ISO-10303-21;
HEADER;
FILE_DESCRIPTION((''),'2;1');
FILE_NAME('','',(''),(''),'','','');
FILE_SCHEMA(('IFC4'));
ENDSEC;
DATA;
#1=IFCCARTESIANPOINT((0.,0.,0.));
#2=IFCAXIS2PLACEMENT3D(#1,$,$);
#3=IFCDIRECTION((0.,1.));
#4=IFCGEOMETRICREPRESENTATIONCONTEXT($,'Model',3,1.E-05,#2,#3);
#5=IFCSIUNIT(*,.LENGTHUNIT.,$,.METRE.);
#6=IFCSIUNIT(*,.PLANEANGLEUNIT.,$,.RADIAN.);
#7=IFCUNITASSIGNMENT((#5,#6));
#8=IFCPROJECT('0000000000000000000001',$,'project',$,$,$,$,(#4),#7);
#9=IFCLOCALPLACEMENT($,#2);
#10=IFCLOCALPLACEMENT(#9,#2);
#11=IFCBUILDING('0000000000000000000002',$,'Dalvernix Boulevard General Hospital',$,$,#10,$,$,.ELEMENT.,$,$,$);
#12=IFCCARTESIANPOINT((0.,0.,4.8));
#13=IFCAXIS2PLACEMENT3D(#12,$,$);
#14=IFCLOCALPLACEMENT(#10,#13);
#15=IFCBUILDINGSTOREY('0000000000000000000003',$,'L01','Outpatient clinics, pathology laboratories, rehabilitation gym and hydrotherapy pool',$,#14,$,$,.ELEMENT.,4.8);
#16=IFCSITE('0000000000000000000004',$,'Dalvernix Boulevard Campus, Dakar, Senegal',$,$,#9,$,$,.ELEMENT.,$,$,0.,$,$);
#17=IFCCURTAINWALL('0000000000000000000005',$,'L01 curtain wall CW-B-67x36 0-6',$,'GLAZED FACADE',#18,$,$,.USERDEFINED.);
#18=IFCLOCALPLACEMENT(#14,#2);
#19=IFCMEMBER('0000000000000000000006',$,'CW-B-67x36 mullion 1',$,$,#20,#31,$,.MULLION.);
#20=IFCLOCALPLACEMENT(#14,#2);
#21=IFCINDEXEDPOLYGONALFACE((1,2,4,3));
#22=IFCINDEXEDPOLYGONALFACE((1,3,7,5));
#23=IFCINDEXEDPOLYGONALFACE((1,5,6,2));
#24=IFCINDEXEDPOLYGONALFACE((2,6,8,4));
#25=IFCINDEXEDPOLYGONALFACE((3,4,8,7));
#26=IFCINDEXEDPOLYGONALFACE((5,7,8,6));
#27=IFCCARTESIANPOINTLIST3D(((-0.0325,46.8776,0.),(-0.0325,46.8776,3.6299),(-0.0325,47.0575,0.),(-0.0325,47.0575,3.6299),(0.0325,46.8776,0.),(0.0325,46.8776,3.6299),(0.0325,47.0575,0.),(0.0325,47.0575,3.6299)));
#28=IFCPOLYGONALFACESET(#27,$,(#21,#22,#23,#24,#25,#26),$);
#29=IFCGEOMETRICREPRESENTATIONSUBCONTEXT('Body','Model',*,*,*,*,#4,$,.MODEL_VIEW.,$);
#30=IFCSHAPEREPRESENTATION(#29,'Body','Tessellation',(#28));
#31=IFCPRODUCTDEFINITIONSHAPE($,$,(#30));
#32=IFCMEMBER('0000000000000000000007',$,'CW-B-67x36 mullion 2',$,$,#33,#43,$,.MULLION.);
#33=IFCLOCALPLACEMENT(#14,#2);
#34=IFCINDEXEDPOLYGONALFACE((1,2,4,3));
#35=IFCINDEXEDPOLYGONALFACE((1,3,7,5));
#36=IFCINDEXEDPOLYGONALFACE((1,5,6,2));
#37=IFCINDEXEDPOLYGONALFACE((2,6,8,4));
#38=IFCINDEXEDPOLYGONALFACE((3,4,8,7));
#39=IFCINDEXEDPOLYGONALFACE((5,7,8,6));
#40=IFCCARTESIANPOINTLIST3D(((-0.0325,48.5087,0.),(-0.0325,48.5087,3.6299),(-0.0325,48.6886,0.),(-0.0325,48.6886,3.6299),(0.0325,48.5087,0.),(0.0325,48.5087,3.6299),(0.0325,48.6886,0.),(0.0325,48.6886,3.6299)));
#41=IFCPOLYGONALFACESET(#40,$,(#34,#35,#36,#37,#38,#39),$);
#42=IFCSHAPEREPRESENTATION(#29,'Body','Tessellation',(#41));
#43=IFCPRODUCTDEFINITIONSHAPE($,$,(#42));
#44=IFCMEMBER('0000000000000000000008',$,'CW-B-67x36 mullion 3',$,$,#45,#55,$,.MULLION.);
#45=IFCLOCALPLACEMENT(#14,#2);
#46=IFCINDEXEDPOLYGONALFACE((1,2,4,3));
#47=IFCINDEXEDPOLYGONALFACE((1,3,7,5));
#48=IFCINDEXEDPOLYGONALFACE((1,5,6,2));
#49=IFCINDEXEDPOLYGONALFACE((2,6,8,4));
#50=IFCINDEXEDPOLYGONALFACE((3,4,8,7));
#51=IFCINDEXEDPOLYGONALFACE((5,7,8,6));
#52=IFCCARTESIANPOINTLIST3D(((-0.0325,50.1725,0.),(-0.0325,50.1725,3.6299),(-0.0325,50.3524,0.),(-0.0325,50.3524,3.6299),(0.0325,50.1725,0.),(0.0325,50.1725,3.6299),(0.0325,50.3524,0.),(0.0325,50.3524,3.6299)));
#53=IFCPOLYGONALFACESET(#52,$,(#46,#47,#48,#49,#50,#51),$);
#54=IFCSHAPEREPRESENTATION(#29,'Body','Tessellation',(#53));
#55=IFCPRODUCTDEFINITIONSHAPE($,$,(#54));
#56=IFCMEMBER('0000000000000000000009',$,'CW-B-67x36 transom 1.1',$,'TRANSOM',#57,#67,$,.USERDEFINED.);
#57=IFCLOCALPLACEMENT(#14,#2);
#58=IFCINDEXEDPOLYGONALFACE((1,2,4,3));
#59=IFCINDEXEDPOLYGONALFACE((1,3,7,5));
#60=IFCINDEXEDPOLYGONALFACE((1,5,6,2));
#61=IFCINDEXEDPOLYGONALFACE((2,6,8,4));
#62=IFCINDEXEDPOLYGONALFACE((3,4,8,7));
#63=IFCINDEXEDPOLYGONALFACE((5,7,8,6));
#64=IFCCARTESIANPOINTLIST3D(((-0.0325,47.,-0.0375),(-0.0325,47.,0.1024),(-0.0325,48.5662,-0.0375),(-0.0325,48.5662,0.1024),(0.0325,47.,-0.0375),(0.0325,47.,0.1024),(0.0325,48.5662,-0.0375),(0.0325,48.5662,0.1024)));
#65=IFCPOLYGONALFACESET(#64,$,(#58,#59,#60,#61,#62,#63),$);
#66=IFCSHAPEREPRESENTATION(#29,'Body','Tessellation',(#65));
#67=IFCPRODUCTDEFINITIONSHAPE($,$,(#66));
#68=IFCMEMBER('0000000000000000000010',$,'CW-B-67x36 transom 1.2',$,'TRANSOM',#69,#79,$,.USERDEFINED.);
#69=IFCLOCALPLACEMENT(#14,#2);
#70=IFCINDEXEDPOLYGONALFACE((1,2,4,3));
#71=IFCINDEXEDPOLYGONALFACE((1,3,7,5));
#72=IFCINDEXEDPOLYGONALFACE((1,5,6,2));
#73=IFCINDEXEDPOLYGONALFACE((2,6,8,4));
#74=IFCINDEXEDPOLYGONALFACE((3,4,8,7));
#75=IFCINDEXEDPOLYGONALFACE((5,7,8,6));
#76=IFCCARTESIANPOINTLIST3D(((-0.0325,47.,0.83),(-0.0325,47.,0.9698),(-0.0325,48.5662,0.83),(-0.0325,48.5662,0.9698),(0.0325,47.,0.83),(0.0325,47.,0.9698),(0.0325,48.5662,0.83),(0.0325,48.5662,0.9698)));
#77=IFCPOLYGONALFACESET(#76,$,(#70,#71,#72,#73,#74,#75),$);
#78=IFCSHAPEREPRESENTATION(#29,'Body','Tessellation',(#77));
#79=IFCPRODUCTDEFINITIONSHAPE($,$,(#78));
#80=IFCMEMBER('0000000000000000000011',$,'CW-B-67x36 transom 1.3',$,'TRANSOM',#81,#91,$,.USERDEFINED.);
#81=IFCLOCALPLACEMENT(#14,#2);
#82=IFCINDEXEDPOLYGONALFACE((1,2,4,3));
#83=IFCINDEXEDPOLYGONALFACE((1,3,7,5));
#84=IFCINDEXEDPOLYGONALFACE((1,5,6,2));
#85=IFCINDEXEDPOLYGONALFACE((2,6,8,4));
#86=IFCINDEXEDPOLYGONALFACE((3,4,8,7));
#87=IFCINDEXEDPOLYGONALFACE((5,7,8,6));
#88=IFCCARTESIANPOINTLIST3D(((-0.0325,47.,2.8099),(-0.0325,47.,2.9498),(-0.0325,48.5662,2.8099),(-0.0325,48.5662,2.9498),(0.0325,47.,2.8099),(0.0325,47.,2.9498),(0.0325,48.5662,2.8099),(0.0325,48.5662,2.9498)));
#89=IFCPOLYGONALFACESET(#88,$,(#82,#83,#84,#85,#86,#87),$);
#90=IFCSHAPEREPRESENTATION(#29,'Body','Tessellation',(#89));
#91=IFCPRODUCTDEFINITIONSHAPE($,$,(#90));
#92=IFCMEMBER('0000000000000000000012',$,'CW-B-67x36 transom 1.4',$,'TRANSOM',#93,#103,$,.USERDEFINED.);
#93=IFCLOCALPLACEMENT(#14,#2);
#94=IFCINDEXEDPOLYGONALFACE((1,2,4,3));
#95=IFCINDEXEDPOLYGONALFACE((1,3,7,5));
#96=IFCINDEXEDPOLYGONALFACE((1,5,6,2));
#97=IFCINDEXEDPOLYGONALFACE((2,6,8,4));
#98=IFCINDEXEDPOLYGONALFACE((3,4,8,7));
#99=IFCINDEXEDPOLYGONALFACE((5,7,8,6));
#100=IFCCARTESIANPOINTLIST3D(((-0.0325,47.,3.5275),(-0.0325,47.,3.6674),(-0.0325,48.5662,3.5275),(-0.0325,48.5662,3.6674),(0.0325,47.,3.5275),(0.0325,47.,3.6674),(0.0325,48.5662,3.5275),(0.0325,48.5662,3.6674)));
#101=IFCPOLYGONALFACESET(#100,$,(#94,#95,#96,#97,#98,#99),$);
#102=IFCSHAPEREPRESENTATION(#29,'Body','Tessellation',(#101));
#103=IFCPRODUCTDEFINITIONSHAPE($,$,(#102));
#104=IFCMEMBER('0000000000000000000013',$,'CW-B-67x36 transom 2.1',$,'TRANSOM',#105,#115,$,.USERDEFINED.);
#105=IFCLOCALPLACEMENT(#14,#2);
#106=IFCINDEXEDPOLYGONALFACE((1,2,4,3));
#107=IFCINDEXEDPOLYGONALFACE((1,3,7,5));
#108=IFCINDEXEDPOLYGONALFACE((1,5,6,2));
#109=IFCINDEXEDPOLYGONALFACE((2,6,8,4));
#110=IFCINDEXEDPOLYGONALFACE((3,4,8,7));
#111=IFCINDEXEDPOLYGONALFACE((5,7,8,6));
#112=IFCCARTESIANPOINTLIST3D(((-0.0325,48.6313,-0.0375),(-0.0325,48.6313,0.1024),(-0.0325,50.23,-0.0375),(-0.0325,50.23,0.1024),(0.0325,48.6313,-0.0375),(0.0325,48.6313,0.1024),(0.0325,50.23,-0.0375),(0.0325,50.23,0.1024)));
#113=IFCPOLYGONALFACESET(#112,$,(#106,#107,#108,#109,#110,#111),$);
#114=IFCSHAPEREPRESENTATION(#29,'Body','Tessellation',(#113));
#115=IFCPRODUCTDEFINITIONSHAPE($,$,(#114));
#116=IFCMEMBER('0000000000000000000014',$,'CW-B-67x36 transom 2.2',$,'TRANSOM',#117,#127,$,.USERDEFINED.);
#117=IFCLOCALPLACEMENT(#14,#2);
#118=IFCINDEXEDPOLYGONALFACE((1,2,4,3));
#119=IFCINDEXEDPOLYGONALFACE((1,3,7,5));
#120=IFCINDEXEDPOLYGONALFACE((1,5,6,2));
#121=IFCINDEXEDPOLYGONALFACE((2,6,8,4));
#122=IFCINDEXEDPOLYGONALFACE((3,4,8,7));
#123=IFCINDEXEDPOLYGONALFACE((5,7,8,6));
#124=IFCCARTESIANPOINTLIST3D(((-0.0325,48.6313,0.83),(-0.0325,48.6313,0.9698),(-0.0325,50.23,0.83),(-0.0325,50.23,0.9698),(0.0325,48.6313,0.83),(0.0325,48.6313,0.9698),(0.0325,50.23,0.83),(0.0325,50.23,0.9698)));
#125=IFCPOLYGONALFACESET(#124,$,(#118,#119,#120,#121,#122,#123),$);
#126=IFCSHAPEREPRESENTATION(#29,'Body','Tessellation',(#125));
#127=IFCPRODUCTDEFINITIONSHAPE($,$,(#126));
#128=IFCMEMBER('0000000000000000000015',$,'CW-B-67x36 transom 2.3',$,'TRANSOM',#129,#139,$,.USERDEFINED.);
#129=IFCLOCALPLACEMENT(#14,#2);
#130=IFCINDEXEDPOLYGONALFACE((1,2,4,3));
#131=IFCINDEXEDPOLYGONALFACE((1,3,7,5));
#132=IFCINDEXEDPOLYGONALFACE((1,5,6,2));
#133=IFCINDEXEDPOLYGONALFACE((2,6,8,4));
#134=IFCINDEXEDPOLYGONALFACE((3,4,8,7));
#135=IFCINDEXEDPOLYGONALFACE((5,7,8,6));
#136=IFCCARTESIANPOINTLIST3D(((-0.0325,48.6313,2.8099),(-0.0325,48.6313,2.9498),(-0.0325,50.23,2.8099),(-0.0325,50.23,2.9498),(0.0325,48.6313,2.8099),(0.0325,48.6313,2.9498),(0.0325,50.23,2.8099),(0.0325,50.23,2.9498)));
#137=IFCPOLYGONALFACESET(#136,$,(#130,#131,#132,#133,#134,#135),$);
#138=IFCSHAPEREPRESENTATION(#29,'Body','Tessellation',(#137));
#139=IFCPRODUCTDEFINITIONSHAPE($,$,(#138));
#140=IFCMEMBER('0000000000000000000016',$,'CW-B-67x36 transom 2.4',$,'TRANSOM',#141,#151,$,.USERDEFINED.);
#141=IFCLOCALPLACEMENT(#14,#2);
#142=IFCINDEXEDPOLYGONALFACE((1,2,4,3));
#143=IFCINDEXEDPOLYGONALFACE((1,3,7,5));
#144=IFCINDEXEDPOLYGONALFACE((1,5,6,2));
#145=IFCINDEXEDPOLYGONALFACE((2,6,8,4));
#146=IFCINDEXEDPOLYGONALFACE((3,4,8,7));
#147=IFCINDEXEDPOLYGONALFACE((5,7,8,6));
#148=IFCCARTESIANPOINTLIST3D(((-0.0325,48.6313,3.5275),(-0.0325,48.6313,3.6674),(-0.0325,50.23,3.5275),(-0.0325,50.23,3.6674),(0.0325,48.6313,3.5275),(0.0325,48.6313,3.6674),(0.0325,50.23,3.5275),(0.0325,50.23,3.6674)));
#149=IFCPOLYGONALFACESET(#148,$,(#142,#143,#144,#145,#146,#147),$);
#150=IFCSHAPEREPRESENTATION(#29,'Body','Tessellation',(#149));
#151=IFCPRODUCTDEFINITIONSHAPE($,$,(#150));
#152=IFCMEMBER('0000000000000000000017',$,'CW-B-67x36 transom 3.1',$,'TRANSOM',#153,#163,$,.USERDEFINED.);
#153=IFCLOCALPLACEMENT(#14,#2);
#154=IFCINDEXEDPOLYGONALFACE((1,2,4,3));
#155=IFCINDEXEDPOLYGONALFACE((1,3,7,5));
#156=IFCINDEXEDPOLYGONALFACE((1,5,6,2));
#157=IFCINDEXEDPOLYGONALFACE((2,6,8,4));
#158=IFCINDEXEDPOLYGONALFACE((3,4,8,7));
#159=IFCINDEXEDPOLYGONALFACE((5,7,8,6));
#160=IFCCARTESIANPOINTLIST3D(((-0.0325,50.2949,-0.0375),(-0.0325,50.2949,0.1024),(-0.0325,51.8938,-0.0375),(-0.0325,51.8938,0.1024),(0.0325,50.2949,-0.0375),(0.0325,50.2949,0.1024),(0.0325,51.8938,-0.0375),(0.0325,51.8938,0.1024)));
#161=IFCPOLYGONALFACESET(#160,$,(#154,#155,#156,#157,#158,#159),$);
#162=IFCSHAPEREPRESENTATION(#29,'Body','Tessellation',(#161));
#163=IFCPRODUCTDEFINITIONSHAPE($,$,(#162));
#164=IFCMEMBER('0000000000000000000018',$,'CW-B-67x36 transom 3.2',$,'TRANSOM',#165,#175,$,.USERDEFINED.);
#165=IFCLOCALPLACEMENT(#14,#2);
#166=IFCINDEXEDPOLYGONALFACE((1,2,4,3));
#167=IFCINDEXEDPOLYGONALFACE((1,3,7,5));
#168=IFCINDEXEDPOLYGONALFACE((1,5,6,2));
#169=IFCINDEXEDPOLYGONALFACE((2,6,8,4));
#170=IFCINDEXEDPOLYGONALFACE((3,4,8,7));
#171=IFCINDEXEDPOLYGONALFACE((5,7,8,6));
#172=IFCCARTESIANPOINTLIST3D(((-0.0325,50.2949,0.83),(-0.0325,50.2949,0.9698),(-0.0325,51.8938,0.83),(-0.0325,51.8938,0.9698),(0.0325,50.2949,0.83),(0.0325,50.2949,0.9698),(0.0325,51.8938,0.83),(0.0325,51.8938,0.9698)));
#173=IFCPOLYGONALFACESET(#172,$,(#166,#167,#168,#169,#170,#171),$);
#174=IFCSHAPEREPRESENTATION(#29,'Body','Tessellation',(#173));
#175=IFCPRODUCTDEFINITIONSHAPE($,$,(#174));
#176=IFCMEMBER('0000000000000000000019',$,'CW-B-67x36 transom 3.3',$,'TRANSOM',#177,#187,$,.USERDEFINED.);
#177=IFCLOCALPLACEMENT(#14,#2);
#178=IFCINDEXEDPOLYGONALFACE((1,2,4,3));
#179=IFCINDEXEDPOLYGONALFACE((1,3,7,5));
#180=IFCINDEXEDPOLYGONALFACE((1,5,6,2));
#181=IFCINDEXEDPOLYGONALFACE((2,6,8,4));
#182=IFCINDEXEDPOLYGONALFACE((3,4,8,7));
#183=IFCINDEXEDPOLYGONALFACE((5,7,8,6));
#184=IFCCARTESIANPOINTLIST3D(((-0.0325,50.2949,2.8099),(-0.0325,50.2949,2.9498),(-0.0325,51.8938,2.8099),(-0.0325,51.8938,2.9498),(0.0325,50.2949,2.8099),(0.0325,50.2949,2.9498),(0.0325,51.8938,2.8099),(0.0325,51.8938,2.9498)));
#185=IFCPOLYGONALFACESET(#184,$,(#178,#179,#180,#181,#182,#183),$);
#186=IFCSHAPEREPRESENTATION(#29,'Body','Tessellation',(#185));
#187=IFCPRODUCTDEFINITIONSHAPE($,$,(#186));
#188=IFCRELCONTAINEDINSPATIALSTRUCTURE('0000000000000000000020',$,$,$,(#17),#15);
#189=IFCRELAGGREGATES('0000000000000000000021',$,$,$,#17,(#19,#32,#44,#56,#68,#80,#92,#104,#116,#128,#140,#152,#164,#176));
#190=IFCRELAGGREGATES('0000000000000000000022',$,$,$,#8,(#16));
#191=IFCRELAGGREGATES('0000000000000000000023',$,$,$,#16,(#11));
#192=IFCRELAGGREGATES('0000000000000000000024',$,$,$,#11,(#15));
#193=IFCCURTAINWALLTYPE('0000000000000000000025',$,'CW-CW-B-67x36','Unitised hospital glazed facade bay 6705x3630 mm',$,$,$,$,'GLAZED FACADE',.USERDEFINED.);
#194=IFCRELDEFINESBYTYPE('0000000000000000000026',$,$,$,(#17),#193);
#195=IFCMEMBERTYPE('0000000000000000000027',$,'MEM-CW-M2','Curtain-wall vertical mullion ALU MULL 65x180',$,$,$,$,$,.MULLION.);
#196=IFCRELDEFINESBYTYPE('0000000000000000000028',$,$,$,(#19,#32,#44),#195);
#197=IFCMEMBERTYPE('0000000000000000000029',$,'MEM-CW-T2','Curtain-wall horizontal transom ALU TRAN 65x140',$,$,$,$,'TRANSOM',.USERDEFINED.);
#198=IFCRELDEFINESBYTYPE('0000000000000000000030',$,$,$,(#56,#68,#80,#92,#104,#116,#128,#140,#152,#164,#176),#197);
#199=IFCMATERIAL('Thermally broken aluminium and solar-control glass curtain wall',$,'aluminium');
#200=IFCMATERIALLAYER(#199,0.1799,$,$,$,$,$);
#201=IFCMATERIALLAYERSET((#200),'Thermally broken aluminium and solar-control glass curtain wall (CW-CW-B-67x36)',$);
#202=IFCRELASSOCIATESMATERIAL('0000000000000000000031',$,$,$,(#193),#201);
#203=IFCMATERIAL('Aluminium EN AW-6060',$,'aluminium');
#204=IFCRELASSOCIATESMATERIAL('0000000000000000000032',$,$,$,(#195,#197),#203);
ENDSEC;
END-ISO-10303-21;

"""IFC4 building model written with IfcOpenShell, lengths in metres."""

from ifc_helpers import new_model, si_unit, direction, frame, origin, origin_2d, place, context, subcontext, project, spatial, rectangle, extrude, material, layer, layer_set, material_profile, profile_set, type_object, element, aggregate, save


model = new_model("IFC4")

# Units and contexts
model_context = context("Model", 3, precision=1e-05, world=origin(), true_north=direction((0.0, 1.0)))
body_context = subcontext(model_context, "Body", "Model", "MODEL_VIEW")
ifc_project = project(units=[si_unit("LENGTHUNIT", "METRE"), si_unit("PLANEANGLEUNIT", "RADIAN")], contexts=[model_context])

# Site, building, storey
site_placement = place(None, origin())
site = spatial("IfcSite", under=ifc_project, at=site_placement, Name="Dalvernix Boulevard Campus, Dakar, Senegal", CompositionType="ELEMENT", RefElevation=0.0)
building_placement = place(site_placement, origin())
building = spatial("IfcBuilding", under=site, at=building_placement, Name="Dalvernix Boulevard General Hospital", CompositionType="ELEMENT")
storey_placement = place(building_placement, frame((0.0, 0.0, 4.8)))
storey = spatial("IfcBuildingStorey", under=building, at=storey_placement, Name="L01", Description="Outpatient clinics, pathology laboratories, rehabilitation gym and hydrotherapy pool", CompositionType="ELEMENT", Elevation=4.8)

# Curtain wall, members
ifc_material_1 = material(Name="Thermally broken aluminium and solar-control glass curtain wall", Category="aluminium")
ifc_layer_1 = layer(ifc_material_1, 0.1799)
ifc_layer_set_1 = layer_set([ifc_layer_1], Name="Thermally broken aluminium and solar-control glass curtain wall (CW-CW-B-67x36)")
curtain_wall_type = type_object("IfcCurtainWallType", Name="CW-CW-B-67x36", Description="Unitised hospital glazed facade bay 6705x3630 mm", ElementType="GLAZED FACADE", PredefinedType="USERDEFINED", material=ifc_layer_set_1)
curtain_wall_placement = place(storey_placement, origin())
curtain_wall = element("IfcCurtainWall", 1, at=curtain_wall_placement, inside=storey, type_object=curtain_wall_type, Name="L01 curtain wall CW-B-67x36 0-6", ObjectType="GLAZED FACADE", PredefinedType="USERDEFINED")
ifc_material_2 = material(Name="Aluminium EN AW-6060", Category="aluminium")
ifc_material_profile_1 = material_profile(ifc_material_2, rectangle(XDim=0.0649, YDim=0.1799, at=origin_2d()), Name="ALU MULL 65x180")
ifc_profile_set_1 = profile_set([ifc_material_profile_1], Name="Aluminium EN AW-6060")
member_type_1 = type_object("IfcMemberType", Name="MEM-CW-M2", Description="Curtain-wall vertical mullion ALU MULL 65x180", PredefinedType="MULLION", material=ifc_profile_set_1)
member_1_placement = place(storey_placement, frame((0.0, 46.9675, 0.0), z_axis=(0.0, 0.0, 1.0), x_axis=(-1.0, 0.0, 0.0)))
member_1 = element("IfcMember", 2, at=member_1_placement, type_object=member_type_1, Name="CW-B-67x36 mullion 1", PredefinedType="MULLION", context=body_context, shape_type="SweptSolid", body=[
    extrude(rectangle(XDim=0.0649, YDim=0.1799, at=origin_2d()), origin(), (0.0, 0.0, 1.0), 3.6299),
])
member_2_placement = place(storey_placement, frame((0.0, 48.5986, 0.0), z_axis=(0.0, 0.0, 1.0), x_axis=(-1.0, 0.0, 0.0)))
member_2 = element("IfcMember", 3, at=member_2_placement, type_object=member_type_1, Name="CW-B-67x36 mullion 2", PredefinedType="MULLION", context=body_context, shape_type="SweptSolid", body=[
    extrude(rectangle(XDim=0.0649, YDim=0.1799, at=origin_2d()), origin(), (0.0, 0.0, 1.0), 3.6299),
])
member_3_placement = place(storey_placement, frame((0.0, 50.2625, 0.0), z_axis=(0.0, 0.0, 1.0), x_axis=(-1.0, 0.0, 0.0)))
member_3 = element("IfcMember", 4, at=member_3_placement, type_object=member_type_1, Name="CW-B-67x36 mullion 3", PredefinedType="MULLION", context=body_context, shape_type="SweptSolid", body=[
    extrude(rectangle(XDim=0.0649, YDim=0.1799, at=origin_2d()), origin(), (0.0, 0.0, 1.0), 3.6299),
])
ifc_material_profile_2 = material_profile(ifc_material_2, rectangle(XDim=0.0649, YDim=0.1399, at=origin_2d()), Name="ALU TRAN 65x140")
ifc_profile_set_2 = profile_set([ifc_material_profile_2], Name="Aluminium EN AW-6060")
member_type_2 = type_object("IfcMemberType", Name="MEM-CW-T2", Description="Curtain-wall horizontal transom ALU TRAN 65x140", ElementType="TRANSOM", PredefinedType="USERDEFINED", material=ifc_profile_set_2)
member_4_placement = place(storey_placement, frame((0.0, 47.0, 0.0325), z_axis=(0.0, 1.0, 0.0), x_axis=(-1.0, 0.0, 0.0)))
member_4 = element("IfcMember", 5, at=member_4_placement, type_object=member_type_2, Name="CW-B-67x36 transom 1.1", ObjectType="TRANSOM", PredefinedType="USERDEFINED", context=body_context, shape_type="SweptSolid", body=[
    extrude(rectangle(XDim=0.0649, YDim=0.1399, at=origin_2d()), origin(), (0.0, 0.0, 1.0), 1.5662),
])
member_5_placement = place(storey_placement, frame((0.0, 47.0, 0.8999), z_axis=(0.0, 1.0, 0.0), x_axis=(-1.0, 0.0, 0.0)))
member_5 = element("IfcMember", 6, at=member_5_placement, type_object=member_type_2, Name="CW-B-67x36 transom 1.2", ObjectType="TRANSOM", PredefinedType="USERDEFINED", context=body_context, shape_type="SweptSolid", body=[
    extrude(rectangle(XDim=0.0649, YDim=0.1399, at=origin_2d()), origin(), (0.0, 0.0, 1.0), 1.5662),
])
member_6_placement = place(storey_placement, frame((0.0, 47.0, 2.8799), z_axis=(0.0, 1.0, 0.0), x_axis=(-1.0, 0.0, 0.0)))
member_6 = element("IfcMember", 7, at=member_6_placement, type_object=member_type_2, Name="CW-B-67x36 transom 1.3", ObjectType="TRANSOM", PredefinedType="USERDEFINED", context=body_context, shape_type="SweptSolid", body=[
    extrude(rectangle(XDim=0.0649, YDim=0.1399, at=origin_2d()), origin(), (0.0, 0.0, 1.0), 1.5662),
])
member_7_placement = place(storey_placement, frame((0.0, 47.0, 3.5974), z_axis=(0.0, 1.0, 0.0), x_axis=(-1.0, 0.0, 0.0)))
member_7 = element("IfcMember", 8, at=member_7_placement, type_object=member_type_2, Name="CW-B-67x36 transom 1.4", ObjectType="TRANSOM", PredefinedType="USERDEFINED", context=body_context, shape_type="SweptSolid", body=[
    extrude(rectangle(XDim=0.0649, YDim=0.1399, at=origin_2d()), origin(), (0.0, 0.0, 1.0), 1.5662),
])
member_8_placement = place(storey_placement, frame((0.0, 48.6313, 0.0325), z_axis=(0.0, 1.0, 0.0), x_axis=(-1.0, 0.0, 0.0)))
member_8 = element("IfcMember", 9, at=member_8_placement, type_object=member_type_2, Name="CW-B-67x36 transom 2.1", ObjectType="TRANSOM", PredefinedType="USERDEFINED", context=body_context, shape_type="SweptSolid", body=[
    extrude(rectangle(XDim=0.0649, YDim=0.1399, at=origin_2d()), origin(), (0.0, 0.0, 1.0), 1.5986),
])
member_9_placement = place(storey_placement, frame((0.0, 48.6313, 0.8999), z_axis=(0.0, 1.0, 0.0), x_axis=(-1.0, 0.0, 0.0)))
member_9 = element("IfcMember", 10, at=member_9_placement, type_object=member_type_2, Name="CW-B-67x36 transom 2.2", ObjectType="TRANSOM", PredefinedType="USERDEFINED", context=body_context, shape_type="SweptSolid", body=[
    extrude(rectangle(XDim=0.0649, YDim=0.1399, at=origin_2d()), origin(), (0.0, 0.0, 1.0), 1.5986),
])
member_10_placement = place(storey_placement, frame((0.0, 48.6313, 2.8799), z_axis=(0.0, 1.0, 0.0), x_axis=(-1.0, 0.0, 0.0)))
member_10 = element("IfcMember", 11, at=member_10_placement, type_object=member_type_2, Name="CW-B-67x36 transom 2.3", ObjectType="TRANSOM", PredefinedType="USERDEFINED", context=body_context, shape_type="SweptSolid", body=[
    extrude(rectangle(XDim=0.0649, YDim=0.1399, at=origin_2d()), origin(), (0.0, 0.0, 1.0), 1.5986),
])
member_11_placement = place(storey_placement, frame((0.0, 48.6313, 3.5974), z_axis=(0.0, 1.0, 0.0), x_axis=(-1.0, 0.0, 0.0)))
member_11 = element("IfcMember", 12, at=member_11_placement, type_object=member_type_2, Name="CW-B-67x36 transom 2.4", ObjectType="TRANSOM", PredefinedType="USERDEFINED", context=body_context, shape_type="SweptSolid", body=[
    extrude(rectangle(XDim=0.0649, YDim=0.1399, at=origin_2d()), origin(), (0.0, 0.0, 1.0), 1.5986),
])
member_12_placement = place(storey_placement, frame((0.0, 50.2949, 0.0325), z_axis=(0.0, 1.0, 0.0), x_axis=(-1.0, 0.0, 0.0)))
member_12 = element("IfcMember", 13, at=member_12_placement, type_object=member_type_2, Name="CW-B-67x36 transom 3.1", ObjectType="TRANSOM", PredefinedType="USERDEFINED", context=body_context, shape_type="SweptSolid", body=[
    extrude(rectangle(XDim=0.0649, YDim=0.1399, at=origin_2d()), origin(), (0.0, 0.0, 1.0), 1.5989),
])
member_13_placement = place(storey_placement, frame((0.0, 50.2949, 0.8999), z_axis=(0.0, 1.0, 0.0), x_axis=(-1.0, 0.0, 0.0)))
member_13 = element("IfcMember", 14, at=member_13_placement, type_object=member_type_2, Name="CW-B-67x36 transom 3.2", ObjectType="TRANSOM", PredefinedType="USERDEFINED", context=body_context, shape_type="SweptSolid", body=[
    extrude(rectangle(XDim=0.0649, YDim=0.1399, at=origin_2d()), origin(), (0.0, 0.0, 1.0), 1.5989),
])
member_14_placement = place(storey_placement, frame((0.0, 50.2949, 2.8799), z_axis=(0.0, 1.0, 0.0), x_axis=(-1.0, 0.0, 0.0)))
member_14 = element("IfcMember", 15, at=member_14_placement, type_object=member_type_2, Name="CW-B-67x36 transom 3.3", ObjectType="TRANSOM", PredefinedType="USERDEFINED", context=body_context, shape_type="SweptSolid", body=[
    extrude(rectangle(XDim=0.0649, YDim=0.1399, at=origin_2d()), origin(), (0.0, 0.0, 1.0), 1.5989),
])
aggregate(curtain_wall, [member_1, member_2, member_3, member_4, member_5, member_6, member_7, member_8, member_9, member_10, member_11, member_12, member_13, member_14])

save(model, "model.ifc")
